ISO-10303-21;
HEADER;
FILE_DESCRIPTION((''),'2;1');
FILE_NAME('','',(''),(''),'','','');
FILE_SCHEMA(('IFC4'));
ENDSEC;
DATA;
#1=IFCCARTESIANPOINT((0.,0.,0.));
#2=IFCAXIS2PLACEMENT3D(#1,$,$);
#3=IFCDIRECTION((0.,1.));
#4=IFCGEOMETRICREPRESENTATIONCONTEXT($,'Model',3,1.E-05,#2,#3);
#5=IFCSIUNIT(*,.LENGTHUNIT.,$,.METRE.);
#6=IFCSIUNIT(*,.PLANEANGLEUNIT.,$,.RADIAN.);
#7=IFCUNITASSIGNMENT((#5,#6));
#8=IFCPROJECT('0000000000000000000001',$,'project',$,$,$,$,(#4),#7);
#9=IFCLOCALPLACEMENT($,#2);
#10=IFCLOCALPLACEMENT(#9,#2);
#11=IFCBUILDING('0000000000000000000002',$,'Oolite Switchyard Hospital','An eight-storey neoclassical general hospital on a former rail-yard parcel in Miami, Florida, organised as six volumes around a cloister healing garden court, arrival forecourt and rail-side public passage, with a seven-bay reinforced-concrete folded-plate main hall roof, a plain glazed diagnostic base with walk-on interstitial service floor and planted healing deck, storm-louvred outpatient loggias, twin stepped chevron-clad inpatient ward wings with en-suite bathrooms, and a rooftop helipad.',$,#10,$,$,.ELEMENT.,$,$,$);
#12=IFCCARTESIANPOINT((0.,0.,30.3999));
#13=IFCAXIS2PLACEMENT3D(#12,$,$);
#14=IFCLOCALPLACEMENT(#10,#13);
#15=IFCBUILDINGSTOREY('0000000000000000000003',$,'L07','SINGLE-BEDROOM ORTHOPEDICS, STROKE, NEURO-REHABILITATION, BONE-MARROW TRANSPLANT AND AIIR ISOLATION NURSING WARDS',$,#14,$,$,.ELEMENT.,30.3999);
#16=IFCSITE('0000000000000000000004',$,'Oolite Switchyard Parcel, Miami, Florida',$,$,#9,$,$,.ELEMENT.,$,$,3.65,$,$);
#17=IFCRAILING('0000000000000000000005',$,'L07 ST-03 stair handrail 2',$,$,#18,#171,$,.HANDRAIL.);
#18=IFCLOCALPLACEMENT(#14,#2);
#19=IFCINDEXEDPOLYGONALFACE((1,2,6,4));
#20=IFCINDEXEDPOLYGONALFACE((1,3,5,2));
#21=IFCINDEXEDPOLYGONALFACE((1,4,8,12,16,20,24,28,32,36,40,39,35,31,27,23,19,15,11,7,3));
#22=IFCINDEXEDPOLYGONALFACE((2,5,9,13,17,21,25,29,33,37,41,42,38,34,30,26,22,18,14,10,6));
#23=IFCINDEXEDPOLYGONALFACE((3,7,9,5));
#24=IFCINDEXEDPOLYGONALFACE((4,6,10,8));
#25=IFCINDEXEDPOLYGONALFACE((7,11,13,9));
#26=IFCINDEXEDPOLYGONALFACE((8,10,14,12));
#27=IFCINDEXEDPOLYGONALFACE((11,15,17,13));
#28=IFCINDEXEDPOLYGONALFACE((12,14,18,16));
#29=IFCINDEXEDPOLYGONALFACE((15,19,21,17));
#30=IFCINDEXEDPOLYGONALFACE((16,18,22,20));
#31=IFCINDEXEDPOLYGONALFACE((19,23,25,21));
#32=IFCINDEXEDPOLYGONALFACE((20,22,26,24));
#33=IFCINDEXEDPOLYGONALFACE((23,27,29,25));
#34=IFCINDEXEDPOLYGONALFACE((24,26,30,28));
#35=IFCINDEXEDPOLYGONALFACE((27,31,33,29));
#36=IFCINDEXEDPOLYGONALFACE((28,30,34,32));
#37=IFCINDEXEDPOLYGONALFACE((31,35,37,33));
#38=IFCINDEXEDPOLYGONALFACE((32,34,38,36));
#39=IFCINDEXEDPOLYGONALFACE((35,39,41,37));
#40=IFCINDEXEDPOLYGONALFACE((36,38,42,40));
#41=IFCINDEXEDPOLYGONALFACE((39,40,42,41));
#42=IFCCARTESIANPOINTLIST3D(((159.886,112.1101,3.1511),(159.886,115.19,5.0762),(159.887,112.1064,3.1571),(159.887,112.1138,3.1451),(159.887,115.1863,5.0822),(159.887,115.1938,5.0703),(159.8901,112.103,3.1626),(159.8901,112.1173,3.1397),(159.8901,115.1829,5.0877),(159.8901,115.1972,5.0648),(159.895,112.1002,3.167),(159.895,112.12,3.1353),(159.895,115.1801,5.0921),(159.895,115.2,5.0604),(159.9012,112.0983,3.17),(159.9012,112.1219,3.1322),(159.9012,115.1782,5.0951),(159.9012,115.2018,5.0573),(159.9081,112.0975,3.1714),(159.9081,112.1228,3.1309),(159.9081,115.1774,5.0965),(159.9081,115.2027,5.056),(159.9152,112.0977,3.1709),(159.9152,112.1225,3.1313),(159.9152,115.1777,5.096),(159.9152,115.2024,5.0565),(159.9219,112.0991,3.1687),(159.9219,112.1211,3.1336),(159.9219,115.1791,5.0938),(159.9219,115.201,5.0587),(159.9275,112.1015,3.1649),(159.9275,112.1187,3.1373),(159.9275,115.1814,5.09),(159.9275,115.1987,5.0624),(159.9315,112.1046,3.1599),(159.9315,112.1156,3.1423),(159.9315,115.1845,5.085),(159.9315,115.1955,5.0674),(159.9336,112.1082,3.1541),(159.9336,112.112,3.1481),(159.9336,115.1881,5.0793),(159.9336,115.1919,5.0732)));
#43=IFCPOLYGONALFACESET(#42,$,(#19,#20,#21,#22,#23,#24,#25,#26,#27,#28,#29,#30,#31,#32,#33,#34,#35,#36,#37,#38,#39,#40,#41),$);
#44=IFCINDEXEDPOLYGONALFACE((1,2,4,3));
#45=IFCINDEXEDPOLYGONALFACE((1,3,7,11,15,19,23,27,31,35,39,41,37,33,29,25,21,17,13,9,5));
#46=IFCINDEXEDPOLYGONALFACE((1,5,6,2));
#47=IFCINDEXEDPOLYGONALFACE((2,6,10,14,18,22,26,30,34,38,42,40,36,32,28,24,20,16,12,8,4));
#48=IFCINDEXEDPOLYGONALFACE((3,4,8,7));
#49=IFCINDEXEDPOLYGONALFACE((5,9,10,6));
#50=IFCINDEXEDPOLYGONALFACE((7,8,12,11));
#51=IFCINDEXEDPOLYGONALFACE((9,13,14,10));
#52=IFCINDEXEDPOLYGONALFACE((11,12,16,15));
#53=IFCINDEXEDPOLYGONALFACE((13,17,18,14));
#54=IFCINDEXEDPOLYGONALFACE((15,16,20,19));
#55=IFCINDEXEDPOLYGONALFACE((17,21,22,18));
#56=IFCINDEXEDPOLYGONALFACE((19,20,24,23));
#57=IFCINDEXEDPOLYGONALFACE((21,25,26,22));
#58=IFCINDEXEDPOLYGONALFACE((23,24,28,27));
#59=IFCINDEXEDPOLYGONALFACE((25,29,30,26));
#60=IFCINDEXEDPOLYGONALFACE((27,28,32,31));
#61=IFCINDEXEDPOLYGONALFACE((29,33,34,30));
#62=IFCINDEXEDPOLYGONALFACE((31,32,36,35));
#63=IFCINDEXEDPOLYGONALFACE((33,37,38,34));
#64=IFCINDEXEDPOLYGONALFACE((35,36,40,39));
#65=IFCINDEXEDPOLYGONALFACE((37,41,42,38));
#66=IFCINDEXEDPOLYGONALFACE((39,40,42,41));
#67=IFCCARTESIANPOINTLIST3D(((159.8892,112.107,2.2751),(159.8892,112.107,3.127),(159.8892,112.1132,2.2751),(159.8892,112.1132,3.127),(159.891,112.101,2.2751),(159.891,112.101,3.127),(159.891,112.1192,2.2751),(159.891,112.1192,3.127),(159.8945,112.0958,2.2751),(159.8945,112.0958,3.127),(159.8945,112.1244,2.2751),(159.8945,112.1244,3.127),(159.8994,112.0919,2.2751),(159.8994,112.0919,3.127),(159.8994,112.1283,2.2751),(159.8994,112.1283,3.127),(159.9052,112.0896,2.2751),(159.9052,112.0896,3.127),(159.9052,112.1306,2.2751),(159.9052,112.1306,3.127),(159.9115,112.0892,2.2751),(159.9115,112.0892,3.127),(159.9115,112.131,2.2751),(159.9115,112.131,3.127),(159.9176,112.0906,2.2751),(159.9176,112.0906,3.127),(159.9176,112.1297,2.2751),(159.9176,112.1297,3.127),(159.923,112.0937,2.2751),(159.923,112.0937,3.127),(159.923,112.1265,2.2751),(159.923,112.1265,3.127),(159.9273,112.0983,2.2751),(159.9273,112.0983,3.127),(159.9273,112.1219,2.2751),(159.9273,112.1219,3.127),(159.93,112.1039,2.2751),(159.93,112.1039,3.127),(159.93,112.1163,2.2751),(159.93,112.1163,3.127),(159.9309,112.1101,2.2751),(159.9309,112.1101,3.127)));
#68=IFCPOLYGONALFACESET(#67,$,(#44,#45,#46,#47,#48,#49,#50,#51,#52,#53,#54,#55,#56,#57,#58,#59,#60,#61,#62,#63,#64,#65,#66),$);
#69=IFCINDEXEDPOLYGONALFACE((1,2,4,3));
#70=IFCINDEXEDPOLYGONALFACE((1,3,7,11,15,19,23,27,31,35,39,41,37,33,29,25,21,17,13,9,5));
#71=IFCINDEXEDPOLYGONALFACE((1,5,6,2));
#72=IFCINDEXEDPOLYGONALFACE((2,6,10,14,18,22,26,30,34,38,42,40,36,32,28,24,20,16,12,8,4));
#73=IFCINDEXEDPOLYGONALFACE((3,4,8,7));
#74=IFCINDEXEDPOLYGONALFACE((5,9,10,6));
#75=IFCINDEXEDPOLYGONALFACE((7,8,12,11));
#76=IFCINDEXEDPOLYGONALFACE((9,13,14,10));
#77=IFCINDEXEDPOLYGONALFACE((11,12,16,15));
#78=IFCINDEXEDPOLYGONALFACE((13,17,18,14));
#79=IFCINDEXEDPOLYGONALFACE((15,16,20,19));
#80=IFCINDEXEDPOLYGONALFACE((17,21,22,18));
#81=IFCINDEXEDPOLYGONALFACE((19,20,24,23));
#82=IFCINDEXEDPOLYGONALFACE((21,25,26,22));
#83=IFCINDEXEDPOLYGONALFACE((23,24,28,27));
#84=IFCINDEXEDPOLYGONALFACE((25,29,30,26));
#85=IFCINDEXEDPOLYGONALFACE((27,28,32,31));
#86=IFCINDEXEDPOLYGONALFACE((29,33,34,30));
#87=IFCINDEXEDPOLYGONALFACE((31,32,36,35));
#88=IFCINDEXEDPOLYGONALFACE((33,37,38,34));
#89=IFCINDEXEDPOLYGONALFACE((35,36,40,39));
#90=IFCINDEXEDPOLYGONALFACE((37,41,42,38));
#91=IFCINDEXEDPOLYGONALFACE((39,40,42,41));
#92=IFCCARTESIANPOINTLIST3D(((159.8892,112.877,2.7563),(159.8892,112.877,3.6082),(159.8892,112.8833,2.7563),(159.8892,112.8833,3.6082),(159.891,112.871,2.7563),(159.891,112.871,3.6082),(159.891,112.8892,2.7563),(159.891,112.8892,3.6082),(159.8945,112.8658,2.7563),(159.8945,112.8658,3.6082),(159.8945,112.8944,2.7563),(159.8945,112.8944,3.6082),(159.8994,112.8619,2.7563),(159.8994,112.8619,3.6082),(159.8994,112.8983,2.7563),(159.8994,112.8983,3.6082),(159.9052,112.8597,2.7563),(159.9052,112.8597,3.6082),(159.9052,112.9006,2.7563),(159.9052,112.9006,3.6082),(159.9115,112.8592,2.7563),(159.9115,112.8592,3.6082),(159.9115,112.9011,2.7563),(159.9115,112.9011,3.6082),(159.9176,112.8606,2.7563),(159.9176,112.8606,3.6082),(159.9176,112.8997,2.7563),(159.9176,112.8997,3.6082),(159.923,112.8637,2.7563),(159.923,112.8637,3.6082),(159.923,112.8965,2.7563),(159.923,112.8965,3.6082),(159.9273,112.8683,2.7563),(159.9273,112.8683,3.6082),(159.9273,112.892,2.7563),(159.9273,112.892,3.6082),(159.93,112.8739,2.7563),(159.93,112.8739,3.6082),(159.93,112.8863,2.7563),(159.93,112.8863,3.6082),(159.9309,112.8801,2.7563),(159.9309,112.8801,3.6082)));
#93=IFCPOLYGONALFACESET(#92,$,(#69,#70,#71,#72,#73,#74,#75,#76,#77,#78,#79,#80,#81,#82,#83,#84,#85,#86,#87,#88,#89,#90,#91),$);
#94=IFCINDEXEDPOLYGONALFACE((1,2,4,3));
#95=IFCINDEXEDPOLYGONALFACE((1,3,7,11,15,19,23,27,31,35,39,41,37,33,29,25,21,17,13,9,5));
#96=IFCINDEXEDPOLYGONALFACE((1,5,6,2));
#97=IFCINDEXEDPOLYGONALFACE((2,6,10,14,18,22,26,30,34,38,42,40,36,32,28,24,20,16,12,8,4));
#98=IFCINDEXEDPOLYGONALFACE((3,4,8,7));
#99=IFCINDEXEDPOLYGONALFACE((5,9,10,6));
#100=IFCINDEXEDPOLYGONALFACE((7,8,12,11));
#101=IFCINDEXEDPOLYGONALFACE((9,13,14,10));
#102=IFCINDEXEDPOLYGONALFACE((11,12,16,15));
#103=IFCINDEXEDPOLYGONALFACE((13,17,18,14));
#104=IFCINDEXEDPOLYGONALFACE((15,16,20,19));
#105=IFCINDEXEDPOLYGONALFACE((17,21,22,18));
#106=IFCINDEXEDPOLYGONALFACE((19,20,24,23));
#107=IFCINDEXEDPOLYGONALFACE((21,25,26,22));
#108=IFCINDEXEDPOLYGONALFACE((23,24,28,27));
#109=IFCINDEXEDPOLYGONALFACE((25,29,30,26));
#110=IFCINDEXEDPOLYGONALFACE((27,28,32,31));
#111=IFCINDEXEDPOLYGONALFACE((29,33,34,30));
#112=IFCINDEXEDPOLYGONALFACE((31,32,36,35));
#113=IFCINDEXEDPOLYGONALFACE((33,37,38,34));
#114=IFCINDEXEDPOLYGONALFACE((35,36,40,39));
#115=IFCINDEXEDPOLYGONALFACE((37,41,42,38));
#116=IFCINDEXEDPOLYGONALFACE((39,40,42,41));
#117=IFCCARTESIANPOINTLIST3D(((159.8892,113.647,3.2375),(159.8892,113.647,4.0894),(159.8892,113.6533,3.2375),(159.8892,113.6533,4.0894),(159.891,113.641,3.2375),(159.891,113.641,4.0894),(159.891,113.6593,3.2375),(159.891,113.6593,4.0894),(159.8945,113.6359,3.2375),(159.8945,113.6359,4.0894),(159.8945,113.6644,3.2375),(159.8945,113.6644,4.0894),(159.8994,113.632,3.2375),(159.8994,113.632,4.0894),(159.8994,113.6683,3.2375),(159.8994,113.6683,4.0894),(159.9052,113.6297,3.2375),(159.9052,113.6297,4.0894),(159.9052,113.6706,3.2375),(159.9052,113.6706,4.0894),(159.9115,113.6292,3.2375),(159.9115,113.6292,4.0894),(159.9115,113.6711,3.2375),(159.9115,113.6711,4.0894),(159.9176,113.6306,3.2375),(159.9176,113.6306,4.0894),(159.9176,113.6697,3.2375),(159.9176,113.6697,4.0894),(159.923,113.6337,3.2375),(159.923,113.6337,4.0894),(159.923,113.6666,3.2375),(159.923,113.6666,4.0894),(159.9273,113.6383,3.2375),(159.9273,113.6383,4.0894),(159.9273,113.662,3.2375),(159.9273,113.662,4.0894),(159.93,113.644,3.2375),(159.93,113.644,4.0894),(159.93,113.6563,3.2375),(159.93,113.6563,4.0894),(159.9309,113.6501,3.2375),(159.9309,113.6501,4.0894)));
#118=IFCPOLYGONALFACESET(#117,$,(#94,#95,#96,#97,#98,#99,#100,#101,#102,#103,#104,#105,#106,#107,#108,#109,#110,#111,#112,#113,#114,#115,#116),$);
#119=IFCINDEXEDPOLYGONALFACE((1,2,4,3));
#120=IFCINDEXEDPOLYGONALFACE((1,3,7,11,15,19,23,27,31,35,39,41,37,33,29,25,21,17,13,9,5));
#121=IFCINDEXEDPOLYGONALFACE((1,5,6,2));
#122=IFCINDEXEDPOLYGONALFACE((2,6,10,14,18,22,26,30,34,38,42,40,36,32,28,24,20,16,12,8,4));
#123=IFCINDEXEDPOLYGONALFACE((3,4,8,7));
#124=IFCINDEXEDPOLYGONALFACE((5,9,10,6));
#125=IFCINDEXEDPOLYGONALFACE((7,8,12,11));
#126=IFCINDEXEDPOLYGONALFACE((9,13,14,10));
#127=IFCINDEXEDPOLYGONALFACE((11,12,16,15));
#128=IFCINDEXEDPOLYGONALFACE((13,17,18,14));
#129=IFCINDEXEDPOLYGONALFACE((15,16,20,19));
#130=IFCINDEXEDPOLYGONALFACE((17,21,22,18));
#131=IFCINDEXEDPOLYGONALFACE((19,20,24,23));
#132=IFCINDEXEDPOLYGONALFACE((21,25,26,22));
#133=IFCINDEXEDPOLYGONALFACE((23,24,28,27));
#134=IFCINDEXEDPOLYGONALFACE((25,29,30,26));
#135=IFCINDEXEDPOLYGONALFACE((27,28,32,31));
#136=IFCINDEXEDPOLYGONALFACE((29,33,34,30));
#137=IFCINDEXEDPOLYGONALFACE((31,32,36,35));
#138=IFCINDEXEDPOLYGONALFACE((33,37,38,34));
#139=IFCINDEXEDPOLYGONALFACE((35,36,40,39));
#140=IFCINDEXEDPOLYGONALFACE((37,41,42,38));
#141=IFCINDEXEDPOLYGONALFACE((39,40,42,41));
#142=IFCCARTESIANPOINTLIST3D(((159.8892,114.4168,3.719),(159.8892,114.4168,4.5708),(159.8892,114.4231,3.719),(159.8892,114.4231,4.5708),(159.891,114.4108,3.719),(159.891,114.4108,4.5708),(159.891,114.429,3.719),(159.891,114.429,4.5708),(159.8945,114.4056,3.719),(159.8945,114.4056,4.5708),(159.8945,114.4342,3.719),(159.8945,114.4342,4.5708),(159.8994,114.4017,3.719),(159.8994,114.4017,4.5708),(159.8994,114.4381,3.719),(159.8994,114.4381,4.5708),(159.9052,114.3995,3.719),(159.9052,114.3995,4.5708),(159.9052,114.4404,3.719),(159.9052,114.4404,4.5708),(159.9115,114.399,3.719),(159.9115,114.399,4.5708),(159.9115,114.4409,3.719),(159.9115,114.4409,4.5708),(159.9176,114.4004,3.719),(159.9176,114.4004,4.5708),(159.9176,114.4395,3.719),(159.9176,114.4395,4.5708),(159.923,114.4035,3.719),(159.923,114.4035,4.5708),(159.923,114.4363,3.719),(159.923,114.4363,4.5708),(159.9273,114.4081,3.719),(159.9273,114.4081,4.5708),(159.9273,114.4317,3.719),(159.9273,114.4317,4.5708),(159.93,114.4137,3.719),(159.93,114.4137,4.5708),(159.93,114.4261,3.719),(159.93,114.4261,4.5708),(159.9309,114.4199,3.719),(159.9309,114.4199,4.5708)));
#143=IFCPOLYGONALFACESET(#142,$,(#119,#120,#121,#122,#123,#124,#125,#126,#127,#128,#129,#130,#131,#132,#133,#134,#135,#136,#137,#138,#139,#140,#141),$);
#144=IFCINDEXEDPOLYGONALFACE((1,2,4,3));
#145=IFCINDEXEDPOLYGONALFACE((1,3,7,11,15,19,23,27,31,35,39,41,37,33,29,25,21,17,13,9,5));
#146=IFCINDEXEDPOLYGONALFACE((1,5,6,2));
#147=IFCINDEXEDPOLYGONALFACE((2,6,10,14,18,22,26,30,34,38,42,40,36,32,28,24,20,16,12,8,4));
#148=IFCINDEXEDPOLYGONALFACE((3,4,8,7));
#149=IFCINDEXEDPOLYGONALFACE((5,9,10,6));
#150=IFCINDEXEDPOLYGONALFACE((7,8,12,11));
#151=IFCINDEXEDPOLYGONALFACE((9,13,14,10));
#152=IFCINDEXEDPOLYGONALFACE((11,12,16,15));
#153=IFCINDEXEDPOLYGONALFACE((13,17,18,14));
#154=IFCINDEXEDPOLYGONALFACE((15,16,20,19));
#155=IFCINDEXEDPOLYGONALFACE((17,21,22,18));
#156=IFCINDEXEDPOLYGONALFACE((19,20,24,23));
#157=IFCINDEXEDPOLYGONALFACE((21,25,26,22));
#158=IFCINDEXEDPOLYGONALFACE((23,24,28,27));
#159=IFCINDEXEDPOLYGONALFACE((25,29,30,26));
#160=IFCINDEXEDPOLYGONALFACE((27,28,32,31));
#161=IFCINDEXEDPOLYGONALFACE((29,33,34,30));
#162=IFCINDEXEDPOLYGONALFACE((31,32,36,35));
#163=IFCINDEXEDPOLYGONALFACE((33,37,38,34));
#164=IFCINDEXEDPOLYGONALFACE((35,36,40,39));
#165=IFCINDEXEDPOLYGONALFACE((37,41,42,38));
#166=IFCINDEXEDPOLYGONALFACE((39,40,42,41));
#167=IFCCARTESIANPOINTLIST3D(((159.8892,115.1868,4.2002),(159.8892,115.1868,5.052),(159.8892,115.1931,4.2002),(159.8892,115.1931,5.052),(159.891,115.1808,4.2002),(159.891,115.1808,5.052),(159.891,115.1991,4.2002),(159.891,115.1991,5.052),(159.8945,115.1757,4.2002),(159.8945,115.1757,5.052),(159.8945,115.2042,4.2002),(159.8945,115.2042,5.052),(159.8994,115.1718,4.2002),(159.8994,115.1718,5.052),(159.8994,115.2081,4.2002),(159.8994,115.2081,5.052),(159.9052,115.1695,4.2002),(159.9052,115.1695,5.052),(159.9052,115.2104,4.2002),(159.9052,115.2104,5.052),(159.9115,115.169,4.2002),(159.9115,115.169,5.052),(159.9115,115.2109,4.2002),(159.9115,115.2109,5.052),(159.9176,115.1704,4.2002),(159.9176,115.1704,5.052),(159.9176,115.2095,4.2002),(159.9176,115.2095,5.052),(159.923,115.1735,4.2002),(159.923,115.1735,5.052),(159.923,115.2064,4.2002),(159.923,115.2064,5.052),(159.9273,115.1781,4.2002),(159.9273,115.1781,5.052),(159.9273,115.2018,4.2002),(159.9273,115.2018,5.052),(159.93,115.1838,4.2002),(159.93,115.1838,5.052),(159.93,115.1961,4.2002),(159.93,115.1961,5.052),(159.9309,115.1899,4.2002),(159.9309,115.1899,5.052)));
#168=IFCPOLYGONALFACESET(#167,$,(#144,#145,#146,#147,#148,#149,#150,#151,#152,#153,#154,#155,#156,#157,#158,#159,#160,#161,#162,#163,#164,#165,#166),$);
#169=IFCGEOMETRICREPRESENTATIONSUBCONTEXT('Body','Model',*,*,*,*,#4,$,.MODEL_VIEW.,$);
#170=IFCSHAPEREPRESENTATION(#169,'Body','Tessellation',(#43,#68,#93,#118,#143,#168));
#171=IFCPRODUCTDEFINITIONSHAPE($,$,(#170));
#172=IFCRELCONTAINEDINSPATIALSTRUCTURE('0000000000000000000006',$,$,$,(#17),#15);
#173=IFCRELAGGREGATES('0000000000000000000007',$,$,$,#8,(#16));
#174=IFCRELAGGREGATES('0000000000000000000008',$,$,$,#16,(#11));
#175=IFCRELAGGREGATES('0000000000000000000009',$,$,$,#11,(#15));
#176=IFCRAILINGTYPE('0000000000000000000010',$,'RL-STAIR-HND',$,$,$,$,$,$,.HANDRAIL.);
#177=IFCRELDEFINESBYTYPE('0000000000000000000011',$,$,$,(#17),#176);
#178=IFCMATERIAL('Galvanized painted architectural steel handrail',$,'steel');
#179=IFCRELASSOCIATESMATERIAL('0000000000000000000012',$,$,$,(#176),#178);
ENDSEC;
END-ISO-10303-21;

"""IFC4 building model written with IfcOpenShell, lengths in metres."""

from ifc_helpers import new_model, si_unit, direction, frame, origin, origin_2d, place, context, subcontext, project, spatial, circle, extrude, material, type_object, element, save


model = new_model("IFC4")

# Units and contexts
model_context = context("Model", 3, precision=1e-05, world=origin(), true_north=direction((0.0, 1.0)))
body_context = subcontext(model_context, "Body", "Model", "MODEL_VIEW")
ifc_project = project(units=[si_unit("LENGTHUNIT", "METRE"), si_unit("PLANEANGLEUNIT", "RADIAN")], contexts=[model_context])

# Site, building, storey
site_placement = place(None, origin())
site = spatial("IfcSite", under=ifc_project, at=site_placement, Name="Oolite Switchyard Parcel, Miami, Florida", CompositionType="ELEMENT", RefElevation=3.65)
building_placement = place(site_placement, origin())
building = spatial("IfcBuilding", under=site, at=building_placement, Name="Oolite Switchyard Hospital", Description="An eight-storey neoclassical general hospital on a former rail-yard parcel in Miami, Florida, organised as six volumes around a cloister healing garden court, arrival forecourt and rail-side public passage, with a seven-bay reinforced-concrete folded-plate main hall roof, a plain glazed diagnostic base with walk-on interstitial service floor and planted healing deck, storm-louvred outpatient loggias, twin stepped chevron-clad inpatient ward wings with en-suite bathrooms, and a rooftop helipad.", CompositionType="ELEMENT")
storey_placement = place(building_placement, frame((0.0, 0.0, 30.3999)))
storey = spatial("IfcBuildingStorey", under=building, at=storey_placement, Name="L07", Description="SINGLE-BEDROOM ORTHOPEDICS, STROKE, NEURO-REHABILITATION, BONE-MARROW TRANSPLANT AND AIIR ISOLATION NURSING WARDS", CompositionType="ELEMENT", Elevation=30.3999)

# Railing
ifc_material_1 = material(Name="Galvanized painted architectural steel handrail", Category="steel")
railing_type_1 = type_object("IfcRailingType", Name="RL-STAIR-HND", PredefinedType="HANDRAIL", material=ifc_material_1)
railing_1_placement = place(storey_placement, frame((159.9099, 112.1101, 2.2751)))
element("IfcRailing", 1, at=railing_1_placement, inside=storey, type_object=railing_type_1, Name="L07 ST-03 stair handrail 2", PredefinedType="HANDRAIL", context=body_context, shape_type="SweptSolid", body=[
    extrude(circle(Radius=0.0239, at=origin_2d()), frame((0.0, 0.0, 0.876), z_axis=(0.0, 0.847979, 0.530029), x_axis=(-1.0, 0.0, 0.0)), (0.0, 0.0, 1.0), 3.6321),
    extrude(circle(Radius=0.021, at=origin_2d()), origin(), (0.0, 0.0, 1.0), 0.8518),
    extrude(circle(Radius=0.021, at=origin_2d()), frame((0.0, 0.77, 0.4812)), (0.0, 0.0, 1.0), 0.8518),
    extrude(circle(Radius=0.021, at=origin_2d()), frame((0.0, 1.54, 0.9624)), (0.0, 0.0, 1.0), 0.8518),
    extrude(circle(Radius=0.021, at=origin_2d()), frame((0.0, 2.3098, 1.4438)), (0.0, 0.0, 1.0), 0.8518),
    extrude(circle(Radius=0.021, at=origin_2d()), frame((0.0, 3.0798, 1.925)), (0.0, 0.0, 1.0), 0.8518),
])

save(model, "model.ifc")
